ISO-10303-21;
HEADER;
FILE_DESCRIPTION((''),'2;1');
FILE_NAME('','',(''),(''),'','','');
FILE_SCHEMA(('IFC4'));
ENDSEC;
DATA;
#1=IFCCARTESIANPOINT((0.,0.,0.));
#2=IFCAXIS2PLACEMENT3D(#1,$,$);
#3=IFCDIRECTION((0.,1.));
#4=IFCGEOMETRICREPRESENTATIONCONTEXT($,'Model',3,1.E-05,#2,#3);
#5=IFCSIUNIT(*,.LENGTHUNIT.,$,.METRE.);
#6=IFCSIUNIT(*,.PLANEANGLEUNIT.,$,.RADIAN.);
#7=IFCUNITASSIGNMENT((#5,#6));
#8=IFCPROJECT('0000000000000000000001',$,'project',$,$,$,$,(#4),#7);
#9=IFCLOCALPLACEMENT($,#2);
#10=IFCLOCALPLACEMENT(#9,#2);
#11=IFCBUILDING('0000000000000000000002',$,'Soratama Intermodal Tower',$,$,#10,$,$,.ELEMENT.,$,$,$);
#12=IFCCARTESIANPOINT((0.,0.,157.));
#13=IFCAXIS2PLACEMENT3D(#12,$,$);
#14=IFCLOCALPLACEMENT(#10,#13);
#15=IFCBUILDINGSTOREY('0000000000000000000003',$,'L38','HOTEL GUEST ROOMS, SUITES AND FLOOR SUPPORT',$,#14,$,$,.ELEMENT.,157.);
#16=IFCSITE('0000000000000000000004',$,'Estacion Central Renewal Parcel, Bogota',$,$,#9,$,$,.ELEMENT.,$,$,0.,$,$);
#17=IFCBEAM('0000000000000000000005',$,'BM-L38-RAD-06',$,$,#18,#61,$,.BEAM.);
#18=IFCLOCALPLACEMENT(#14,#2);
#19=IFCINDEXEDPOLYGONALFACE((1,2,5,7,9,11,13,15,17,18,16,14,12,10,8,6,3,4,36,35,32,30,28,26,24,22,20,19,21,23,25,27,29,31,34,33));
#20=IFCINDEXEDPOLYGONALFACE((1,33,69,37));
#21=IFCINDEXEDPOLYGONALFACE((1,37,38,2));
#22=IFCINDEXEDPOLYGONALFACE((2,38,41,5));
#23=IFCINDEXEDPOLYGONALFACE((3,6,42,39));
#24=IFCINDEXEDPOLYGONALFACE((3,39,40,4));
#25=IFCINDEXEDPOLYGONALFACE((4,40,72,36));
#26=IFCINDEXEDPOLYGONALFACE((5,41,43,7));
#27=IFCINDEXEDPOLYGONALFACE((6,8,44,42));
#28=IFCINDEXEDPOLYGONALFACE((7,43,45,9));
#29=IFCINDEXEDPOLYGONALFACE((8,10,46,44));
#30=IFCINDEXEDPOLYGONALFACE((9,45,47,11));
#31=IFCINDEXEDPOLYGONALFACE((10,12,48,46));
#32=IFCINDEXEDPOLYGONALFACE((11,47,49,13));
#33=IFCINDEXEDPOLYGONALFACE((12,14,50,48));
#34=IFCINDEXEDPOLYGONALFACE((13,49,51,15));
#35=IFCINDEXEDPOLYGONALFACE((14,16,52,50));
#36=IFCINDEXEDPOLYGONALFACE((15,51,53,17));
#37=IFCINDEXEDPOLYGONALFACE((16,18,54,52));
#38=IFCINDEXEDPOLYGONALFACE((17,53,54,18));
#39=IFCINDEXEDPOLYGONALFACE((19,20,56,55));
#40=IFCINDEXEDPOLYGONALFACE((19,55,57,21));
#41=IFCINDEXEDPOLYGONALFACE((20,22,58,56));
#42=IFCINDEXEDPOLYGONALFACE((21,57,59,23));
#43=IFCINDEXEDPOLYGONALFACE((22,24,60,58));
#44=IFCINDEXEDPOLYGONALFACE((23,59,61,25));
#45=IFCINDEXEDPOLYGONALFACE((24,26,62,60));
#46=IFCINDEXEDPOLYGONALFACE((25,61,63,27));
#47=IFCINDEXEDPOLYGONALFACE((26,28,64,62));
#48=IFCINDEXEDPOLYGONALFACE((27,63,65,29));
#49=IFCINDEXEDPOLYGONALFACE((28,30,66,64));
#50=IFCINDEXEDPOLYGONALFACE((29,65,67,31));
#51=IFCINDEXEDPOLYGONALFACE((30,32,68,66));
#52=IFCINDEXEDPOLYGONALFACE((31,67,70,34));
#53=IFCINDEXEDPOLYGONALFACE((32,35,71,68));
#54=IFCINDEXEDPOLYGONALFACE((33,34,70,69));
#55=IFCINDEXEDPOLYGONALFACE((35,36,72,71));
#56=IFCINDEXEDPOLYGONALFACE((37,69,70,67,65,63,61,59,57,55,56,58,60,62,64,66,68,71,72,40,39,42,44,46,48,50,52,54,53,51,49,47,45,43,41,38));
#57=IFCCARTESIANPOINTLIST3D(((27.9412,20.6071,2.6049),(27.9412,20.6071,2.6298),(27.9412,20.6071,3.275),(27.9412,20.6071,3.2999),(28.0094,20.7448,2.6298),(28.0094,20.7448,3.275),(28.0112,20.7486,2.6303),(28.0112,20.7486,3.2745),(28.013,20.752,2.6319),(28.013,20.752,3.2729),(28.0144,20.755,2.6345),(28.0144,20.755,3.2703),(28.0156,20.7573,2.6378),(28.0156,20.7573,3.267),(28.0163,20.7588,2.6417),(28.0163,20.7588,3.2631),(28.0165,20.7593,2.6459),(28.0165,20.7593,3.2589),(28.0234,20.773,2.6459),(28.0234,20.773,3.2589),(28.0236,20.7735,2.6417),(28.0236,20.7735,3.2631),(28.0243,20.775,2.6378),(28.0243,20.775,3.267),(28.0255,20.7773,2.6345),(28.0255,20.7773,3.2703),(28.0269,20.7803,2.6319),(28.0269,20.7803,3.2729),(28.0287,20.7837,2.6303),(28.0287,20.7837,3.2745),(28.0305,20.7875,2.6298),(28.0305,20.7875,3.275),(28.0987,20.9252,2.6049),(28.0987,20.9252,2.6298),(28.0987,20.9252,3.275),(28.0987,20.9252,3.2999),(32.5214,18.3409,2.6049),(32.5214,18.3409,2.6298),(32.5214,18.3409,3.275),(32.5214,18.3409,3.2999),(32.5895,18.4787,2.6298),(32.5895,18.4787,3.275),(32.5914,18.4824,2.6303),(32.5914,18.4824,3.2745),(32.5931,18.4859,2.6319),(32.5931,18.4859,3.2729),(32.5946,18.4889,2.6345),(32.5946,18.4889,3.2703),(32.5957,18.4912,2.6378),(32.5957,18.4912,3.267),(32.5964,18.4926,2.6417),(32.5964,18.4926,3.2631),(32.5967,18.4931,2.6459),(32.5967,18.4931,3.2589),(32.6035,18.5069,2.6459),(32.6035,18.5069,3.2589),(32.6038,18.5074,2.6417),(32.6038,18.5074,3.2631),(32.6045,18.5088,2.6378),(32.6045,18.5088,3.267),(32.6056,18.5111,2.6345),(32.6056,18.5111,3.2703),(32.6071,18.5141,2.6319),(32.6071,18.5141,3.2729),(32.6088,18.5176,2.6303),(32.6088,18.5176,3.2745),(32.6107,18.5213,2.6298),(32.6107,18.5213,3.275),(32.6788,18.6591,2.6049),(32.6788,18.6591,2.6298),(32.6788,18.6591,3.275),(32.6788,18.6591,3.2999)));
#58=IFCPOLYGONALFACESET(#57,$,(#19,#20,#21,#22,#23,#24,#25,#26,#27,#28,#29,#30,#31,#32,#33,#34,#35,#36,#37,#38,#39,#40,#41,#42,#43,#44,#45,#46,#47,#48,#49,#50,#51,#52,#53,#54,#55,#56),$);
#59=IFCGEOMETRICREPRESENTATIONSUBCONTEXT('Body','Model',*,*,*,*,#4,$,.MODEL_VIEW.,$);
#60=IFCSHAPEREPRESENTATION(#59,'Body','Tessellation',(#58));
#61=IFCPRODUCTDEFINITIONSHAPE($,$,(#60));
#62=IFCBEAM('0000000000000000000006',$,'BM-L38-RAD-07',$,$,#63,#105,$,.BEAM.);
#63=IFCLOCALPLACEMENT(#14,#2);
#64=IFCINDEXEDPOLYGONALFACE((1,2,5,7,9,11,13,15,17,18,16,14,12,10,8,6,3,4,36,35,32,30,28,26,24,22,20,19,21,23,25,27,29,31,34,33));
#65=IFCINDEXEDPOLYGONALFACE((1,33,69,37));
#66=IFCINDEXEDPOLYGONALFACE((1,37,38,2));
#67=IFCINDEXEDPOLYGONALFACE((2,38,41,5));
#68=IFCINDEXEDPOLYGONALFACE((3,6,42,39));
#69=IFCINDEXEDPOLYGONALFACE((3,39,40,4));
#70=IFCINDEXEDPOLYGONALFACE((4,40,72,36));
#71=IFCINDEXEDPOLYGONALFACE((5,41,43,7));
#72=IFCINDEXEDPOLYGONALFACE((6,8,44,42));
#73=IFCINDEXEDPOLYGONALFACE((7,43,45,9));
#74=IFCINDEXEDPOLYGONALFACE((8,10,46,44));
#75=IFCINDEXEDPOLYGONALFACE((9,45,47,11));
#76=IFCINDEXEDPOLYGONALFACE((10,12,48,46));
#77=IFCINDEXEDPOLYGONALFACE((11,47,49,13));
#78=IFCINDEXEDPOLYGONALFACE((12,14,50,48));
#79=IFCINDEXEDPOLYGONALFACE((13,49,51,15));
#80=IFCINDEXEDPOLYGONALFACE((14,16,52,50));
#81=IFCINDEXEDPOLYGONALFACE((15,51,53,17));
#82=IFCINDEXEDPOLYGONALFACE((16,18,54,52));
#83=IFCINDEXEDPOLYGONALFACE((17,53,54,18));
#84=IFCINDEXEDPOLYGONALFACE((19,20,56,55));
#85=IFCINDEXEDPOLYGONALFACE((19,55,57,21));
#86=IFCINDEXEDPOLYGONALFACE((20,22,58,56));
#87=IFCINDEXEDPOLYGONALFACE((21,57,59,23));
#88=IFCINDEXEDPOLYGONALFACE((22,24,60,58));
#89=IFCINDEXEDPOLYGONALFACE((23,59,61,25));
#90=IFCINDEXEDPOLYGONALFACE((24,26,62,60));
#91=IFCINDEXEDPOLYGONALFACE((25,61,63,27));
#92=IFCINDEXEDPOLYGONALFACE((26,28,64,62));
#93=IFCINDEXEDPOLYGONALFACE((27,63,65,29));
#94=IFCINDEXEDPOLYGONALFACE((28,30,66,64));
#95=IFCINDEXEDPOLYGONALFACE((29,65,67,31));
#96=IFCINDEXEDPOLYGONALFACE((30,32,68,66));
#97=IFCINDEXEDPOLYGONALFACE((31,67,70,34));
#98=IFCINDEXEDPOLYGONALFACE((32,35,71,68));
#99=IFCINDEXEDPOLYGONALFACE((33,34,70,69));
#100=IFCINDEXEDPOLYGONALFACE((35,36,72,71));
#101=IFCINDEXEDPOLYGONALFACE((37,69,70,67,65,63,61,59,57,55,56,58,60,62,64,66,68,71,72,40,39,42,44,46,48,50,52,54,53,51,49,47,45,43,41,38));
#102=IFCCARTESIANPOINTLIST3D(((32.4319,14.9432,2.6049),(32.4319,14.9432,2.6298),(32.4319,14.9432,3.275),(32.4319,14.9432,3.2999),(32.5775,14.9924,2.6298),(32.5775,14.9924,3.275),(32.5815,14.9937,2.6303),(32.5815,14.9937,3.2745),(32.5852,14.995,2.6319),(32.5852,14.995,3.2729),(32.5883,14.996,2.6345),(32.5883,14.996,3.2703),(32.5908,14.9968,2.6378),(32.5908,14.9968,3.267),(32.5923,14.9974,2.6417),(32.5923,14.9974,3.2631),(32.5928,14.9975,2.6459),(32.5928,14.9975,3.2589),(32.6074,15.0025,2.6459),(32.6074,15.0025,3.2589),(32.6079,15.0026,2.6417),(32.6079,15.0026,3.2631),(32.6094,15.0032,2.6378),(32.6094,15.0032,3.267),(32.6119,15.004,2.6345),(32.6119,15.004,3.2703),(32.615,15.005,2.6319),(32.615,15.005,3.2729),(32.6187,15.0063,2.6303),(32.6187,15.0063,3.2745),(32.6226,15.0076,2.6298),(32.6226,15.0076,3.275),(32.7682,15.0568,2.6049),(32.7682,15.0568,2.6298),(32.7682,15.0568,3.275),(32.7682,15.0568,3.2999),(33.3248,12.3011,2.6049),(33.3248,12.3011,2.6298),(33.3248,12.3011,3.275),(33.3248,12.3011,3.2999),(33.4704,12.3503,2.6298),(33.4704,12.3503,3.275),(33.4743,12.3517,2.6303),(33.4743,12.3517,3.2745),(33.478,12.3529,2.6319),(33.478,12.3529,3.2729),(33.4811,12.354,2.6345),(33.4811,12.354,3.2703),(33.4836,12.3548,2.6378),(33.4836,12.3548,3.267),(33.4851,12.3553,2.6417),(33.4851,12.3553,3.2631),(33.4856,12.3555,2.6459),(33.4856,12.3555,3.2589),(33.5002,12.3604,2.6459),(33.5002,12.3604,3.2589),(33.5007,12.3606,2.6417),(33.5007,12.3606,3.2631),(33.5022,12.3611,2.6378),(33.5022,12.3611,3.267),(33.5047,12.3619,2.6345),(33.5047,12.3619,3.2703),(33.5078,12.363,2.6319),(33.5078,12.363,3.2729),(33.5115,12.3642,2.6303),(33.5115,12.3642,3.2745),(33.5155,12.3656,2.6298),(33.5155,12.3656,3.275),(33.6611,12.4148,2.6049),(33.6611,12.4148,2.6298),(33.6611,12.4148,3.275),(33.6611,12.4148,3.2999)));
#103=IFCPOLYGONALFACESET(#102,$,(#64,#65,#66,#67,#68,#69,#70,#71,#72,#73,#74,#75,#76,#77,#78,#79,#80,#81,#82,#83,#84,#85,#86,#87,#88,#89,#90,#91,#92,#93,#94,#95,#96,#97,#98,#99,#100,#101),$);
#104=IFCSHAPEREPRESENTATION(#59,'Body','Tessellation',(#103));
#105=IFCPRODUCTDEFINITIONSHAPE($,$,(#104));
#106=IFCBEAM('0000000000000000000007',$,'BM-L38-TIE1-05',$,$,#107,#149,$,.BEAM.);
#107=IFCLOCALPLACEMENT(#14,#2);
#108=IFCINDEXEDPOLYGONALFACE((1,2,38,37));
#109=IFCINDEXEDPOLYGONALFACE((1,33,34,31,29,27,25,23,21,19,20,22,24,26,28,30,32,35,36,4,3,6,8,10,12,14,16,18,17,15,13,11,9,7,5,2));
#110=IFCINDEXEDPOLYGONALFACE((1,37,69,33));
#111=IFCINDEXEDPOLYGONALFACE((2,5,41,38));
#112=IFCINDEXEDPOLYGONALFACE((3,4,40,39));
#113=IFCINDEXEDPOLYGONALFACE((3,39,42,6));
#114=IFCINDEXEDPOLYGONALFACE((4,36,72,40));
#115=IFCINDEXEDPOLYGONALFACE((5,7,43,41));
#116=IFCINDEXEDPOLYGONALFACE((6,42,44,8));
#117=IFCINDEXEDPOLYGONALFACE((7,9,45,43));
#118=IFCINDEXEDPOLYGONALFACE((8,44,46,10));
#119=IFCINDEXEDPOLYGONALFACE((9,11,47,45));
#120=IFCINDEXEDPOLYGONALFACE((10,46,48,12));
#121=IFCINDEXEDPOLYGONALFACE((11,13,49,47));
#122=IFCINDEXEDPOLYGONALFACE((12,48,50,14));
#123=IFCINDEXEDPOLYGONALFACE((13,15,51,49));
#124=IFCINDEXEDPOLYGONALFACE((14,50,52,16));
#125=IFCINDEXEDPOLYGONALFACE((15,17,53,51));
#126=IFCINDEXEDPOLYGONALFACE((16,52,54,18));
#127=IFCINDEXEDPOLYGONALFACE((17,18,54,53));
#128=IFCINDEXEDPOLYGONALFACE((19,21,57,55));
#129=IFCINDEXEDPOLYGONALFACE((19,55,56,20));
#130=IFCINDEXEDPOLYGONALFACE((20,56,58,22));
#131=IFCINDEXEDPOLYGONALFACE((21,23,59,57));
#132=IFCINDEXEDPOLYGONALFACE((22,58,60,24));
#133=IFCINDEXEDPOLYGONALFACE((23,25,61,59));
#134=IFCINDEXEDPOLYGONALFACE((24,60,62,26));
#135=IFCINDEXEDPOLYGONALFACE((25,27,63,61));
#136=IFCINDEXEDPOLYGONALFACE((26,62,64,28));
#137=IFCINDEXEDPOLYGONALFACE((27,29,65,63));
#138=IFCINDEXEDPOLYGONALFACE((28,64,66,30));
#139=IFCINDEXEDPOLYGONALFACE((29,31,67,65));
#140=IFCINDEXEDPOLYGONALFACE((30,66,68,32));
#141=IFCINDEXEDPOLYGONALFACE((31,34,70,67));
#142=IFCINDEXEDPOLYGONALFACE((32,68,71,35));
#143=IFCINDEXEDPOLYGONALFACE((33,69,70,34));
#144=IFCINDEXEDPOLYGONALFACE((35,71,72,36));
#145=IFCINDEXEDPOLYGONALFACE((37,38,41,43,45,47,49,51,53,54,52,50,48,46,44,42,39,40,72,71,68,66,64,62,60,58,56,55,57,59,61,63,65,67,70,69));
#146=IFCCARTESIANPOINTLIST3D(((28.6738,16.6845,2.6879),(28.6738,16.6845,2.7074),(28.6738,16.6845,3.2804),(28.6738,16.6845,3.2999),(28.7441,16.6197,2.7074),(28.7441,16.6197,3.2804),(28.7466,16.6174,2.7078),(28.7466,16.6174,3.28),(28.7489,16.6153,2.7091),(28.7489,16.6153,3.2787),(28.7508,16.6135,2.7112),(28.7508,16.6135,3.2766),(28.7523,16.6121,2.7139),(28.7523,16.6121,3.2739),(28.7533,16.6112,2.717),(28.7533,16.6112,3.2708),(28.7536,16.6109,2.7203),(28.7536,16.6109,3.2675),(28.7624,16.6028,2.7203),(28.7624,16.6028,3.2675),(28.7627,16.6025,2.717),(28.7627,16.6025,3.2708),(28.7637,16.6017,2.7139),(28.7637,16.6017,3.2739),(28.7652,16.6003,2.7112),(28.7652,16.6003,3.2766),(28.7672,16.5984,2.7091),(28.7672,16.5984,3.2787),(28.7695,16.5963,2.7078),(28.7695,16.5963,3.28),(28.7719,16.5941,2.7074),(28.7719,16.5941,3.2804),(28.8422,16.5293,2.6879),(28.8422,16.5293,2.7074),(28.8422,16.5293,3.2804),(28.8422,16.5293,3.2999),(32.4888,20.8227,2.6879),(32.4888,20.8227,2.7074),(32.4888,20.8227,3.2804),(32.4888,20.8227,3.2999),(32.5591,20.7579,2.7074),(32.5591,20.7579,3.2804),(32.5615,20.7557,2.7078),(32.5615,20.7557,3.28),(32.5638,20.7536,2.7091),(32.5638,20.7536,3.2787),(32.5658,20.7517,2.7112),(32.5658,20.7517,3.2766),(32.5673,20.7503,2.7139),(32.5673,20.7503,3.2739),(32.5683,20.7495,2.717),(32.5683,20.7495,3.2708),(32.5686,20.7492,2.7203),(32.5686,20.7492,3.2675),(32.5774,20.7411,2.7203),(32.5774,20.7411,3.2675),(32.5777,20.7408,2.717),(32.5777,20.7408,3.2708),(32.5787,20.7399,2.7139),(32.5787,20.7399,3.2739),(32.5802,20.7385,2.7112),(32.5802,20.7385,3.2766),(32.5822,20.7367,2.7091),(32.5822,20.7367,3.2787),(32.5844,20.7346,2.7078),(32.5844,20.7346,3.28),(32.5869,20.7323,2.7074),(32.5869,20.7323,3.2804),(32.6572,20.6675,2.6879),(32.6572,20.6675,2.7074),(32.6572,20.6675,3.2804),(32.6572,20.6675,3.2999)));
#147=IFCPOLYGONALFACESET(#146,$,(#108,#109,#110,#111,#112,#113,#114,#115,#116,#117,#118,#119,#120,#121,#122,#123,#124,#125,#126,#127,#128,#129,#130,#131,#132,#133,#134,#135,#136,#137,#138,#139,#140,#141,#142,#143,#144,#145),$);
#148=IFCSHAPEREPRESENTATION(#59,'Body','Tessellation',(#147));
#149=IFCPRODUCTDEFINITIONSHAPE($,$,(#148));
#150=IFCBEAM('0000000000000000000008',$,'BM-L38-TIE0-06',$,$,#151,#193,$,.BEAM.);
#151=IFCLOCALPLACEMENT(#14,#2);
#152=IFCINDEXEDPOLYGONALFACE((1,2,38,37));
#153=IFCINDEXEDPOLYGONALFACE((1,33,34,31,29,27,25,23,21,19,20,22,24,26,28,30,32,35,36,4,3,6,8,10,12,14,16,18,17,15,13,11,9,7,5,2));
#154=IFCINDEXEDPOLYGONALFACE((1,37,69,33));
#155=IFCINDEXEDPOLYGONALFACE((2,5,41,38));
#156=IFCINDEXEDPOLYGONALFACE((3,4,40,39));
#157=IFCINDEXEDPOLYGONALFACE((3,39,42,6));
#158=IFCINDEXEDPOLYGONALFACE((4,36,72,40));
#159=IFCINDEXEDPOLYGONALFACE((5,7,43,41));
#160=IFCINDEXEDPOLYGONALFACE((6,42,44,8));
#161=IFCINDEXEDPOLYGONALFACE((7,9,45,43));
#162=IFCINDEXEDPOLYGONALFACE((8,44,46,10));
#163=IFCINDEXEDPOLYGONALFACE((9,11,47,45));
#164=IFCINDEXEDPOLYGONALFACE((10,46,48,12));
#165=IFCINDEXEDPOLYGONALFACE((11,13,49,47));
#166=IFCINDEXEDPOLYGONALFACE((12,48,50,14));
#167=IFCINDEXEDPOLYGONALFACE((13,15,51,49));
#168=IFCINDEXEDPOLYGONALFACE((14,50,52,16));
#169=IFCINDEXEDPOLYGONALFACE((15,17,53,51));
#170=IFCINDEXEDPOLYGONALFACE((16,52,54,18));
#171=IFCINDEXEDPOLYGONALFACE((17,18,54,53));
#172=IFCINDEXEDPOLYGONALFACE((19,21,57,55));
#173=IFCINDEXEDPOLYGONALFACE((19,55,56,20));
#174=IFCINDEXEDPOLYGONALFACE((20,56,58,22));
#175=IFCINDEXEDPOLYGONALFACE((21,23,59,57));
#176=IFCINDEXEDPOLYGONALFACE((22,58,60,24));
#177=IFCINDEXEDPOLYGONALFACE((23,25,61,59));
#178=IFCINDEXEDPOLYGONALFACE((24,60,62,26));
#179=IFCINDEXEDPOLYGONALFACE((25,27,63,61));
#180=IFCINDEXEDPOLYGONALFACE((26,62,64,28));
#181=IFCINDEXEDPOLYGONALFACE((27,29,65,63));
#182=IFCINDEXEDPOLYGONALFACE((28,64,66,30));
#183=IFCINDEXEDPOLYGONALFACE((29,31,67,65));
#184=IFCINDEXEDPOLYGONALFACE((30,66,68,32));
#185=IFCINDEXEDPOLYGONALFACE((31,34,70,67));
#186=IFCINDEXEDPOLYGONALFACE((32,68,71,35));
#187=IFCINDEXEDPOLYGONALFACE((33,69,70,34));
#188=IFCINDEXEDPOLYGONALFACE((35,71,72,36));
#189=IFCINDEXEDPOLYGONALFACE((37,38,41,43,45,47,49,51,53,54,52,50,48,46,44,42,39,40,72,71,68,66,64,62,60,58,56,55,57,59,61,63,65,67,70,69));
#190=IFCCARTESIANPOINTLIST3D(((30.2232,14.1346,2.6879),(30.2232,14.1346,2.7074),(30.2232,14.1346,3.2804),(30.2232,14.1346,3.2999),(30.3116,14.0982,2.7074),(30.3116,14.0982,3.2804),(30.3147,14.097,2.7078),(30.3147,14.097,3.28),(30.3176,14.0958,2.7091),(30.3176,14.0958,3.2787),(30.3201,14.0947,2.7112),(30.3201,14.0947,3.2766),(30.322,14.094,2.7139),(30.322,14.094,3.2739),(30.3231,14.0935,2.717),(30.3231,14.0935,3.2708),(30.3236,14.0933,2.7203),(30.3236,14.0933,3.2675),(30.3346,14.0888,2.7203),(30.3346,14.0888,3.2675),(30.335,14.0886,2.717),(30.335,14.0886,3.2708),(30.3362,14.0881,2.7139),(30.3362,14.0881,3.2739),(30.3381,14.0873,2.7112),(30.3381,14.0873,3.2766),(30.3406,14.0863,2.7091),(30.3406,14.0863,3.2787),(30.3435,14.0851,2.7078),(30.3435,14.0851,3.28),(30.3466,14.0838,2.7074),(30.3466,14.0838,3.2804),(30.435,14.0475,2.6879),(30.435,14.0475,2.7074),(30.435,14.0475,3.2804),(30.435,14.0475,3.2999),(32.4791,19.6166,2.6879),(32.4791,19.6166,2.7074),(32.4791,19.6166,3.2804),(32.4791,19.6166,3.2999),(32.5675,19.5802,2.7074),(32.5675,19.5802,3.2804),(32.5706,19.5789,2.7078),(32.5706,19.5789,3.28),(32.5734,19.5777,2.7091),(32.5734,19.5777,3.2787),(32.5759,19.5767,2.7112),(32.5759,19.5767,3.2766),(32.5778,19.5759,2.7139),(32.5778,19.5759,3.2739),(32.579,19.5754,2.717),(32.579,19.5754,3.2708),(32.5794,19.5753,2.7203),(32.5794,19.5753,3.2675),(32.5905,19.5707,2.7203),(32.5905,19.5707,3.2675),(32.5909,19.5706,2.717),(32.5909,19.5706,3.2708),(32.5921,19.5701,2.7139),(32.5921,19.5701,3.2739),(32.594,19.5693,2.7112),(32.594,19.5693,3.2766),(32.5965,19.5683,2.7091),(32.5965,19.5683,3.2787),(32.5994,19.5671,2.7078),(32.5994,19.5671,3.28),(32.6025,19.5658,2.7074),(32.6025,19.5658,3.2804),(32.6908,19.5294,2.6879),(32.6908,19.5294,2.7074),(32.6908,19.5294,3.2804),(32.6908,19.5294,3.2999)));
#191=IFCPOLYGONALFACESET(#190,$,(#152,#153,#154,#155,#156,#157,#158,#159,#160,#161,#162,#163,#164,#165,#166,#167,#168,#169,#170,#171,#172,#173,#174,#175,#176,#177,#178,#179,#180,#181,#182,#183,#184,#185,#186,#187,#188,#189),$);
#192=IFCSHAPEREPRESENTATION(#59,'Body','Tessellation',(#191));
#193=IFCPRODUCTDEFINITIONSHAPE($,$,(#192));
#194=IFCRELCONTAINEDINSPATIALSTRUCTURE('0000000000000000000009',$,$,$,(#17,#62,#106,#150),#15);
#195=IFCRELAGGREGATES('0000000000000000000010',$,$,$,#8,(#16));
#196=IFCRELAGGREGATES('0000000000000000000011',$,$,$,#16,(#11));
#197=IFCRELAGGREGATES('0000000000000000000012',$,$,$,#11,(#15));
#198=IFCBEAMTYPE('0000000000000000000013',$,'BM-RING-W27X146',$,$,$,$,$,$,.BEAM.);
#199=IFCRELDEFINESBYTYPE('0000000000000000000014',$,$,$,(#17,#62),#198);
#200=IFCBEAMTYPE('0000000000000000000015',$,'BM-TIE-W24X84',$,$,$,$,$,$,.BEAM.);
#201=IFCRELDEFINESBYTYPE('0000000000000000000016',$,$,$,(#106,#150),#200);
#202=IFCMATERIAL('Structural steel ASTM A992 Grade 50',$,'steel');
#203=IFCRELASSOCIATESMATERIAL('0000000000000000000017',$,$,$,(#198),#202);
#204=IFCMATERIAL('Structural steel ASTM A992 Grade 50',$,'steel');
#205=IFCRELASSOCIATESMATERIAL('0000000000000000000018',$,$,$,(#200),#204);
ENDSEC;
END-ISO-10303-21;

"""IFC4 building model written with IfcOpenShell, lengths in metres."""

from ifc_helpers import new_model, si_unit, direction, frame, origin, origin_2d, place, context, subcontext, project, spatial, i_section, extrude, material, material_profile, profile_set, type_object, element, save


model = new_model("IFC4")

# Units and contexts
model_context = context("Model", 3, precision=1e-05, world=origin(), true_north=direction((0.0, 1.0)))
body_context = subcontext(model_context, "Body", "Model", "MODEL_VIEW")
ifc_project = project(units=[si_unit("LENGTHUNIT", "METRE"), si_unit("PLANEANGLEUNIT", "RADIAN")], contexts=[model_context])

# Site, building, storey
site_placement = place(None, origin())
site = spatial("IfcSite", under=ifc_project, at=site_placement, Name="Estacion Central Renewal Parcel, Bogota", CompositionType="ELEMENT", RefElevation=0.0)
building_placement = place(site_placement, origin())
building = spatial("IfcBuilding", under=site, at=building_placement, Name="Soratama Intermodal Tower", CompositionType="ELEMENT")
storey_placement = place(building_placement, frame((0.0, 0.0, 157.0)))
storey = spatial("IfcBuildingStorey", under=building, at=storey_placement, Name="L38", Description="HOTEL GUEST ROOMS, SUITES AND FLOOR SUPPORT", CompositionType="ELEMENT", Elevation=157.0)

# Beams
ifc_material_1 = material(Name="Structural steel ASTM A992 Grade 50", Category="steel")
ifc_material_profile_1 = material_profile(ifc_material_1, i_section(OverallWidth=0.355, OverallDepth=0.6951, WebThickness=0.0154, FlangeThickness=0.0249, FilletRadius=0.0161, at=origin_2d()), Name="W27X146")
ifc_profile_set_1 = profile_set([ifc_material_profile_1], Name="Structural steel ASTM A992 Grade 50")
beam_type_1 = type_object("IfcBeamType", Name="BM-RING-W27X146", PredefinedType="BEAM", material=ifc_profile_set_1)
beam_1_placement = place(storey_placement, frame((32.6001, 18.5, 2.9524), z_axis=(-0.896292, 0.443464, 0.0), x_axis=(-0.443464, -0.896292, 0.0)))
element("IfcBeam", 1, at=beam_1_placement, inside=storey, type_object=beam_type_1, Name="BM-L38-RAD-06", PredefinedType="BEAM", context=body_context, shape_type="SweptSolid", body=[
    extrude(i_section(OverallWidth=0.355, OverallDepth=0.6951, WebThickness=0.0154, FlangeThickness=0.0249, FilletRadius=0.0161, at=origin_2d()), origin(), (0.0, 0.0, 1.0), 5.1101),
])
beam_2_placement = place(storey_placement, frame((32.6001, 15.0, 2.9524), z_axis=(0.320138, -0.947371, 0.0), x_axis=(0.947371, 0.320138, 0.0)))
element("IfcBeam", 2, at=beam_2_placement, inside=storey, type_object=beam_type_1, Name="BM-L38-RAD-07", PredefinedType="BEAM", context=body_context, shape_type="SweptSolid", body=[
    extrude(i_section(OverallWidth=0.355, OverallDepth=0.6951, WebThickness=0.0154, FlangeThickness=0.0249, FilletRadius=0.0161, at=origin_2d()), origin(), (0.0, 0.0, 1.0), 2.7888),
])
ifc_material_2 = material(Name="Structural steel ASTM A992 Grade 50", Category="steel")
ifc_material_profile_2 = material_profile(ifc_material_2, i_section(OverallWidth=0.229, OverallDepth=0.6121, WebThickness=0.012, FlangeThickness=0.0195, FilletRadius=0.0129, at=origin_2d()), Name="W24X84")
ifc_profile_set_2 = profile_set([ifc_material_profile_2], Name="Structural steel ASTM A992 Grade 50")
beam_type_2 = type_object("IfcBeamType", Name="BM-TIE-W24X84", PredefinedType="BEAM", material=ifc_profile_set_2)
beam_3_placement = place(storey_placement, frame((32.573, 20.7451, 2.9939), z_axis=(-0.677808, -0.735239, 0.0), x_axis=(0.735239, -0.677808, 0.0)))
element("IfcBeam", 3, at=beam_3_placement, inside=storey, type_object=beam_type_2, Name="BM-L38-TIE1-05", PredefinedType="BEAM", context=body_context, shape_type="SweptSolid", body=[
    extrude(i_section(OverallWidth=0.229, OverallDepth=0.6121, WebThickness=0.012, FlangeThickness=0.0195, FilletRadius=0.0129, at=origin_2d()), origin(), (0.0, 0.0, 1.0), 5.6284),
])
beam_4_placement = place(storey_placement, frame((32.585, 19.573, 2.9939), z_axis=(-0.380547, -0.924762, 0.0), x_axis=(0.924762, -0.380547, 0.0)))
element("IfcBeam", 4, at=beam_4_placement, inside=storey, type_object=beam_type_2, Name="BM-L38-TIE0-06", PredefinedType="BEAM", context=body_context, shape_type="SweptSolid", body=[
    extrude(i_section(OverallWidth=0.229, OverallDepth=0.6121, WebThickness=0.012, FlangeThickness=0.0195, FilletRadius=0.0129, at=origin_2d()), origin(), (0.0, 0.0, 1.0), 5.928),
])

save(model, "model.ifc")
